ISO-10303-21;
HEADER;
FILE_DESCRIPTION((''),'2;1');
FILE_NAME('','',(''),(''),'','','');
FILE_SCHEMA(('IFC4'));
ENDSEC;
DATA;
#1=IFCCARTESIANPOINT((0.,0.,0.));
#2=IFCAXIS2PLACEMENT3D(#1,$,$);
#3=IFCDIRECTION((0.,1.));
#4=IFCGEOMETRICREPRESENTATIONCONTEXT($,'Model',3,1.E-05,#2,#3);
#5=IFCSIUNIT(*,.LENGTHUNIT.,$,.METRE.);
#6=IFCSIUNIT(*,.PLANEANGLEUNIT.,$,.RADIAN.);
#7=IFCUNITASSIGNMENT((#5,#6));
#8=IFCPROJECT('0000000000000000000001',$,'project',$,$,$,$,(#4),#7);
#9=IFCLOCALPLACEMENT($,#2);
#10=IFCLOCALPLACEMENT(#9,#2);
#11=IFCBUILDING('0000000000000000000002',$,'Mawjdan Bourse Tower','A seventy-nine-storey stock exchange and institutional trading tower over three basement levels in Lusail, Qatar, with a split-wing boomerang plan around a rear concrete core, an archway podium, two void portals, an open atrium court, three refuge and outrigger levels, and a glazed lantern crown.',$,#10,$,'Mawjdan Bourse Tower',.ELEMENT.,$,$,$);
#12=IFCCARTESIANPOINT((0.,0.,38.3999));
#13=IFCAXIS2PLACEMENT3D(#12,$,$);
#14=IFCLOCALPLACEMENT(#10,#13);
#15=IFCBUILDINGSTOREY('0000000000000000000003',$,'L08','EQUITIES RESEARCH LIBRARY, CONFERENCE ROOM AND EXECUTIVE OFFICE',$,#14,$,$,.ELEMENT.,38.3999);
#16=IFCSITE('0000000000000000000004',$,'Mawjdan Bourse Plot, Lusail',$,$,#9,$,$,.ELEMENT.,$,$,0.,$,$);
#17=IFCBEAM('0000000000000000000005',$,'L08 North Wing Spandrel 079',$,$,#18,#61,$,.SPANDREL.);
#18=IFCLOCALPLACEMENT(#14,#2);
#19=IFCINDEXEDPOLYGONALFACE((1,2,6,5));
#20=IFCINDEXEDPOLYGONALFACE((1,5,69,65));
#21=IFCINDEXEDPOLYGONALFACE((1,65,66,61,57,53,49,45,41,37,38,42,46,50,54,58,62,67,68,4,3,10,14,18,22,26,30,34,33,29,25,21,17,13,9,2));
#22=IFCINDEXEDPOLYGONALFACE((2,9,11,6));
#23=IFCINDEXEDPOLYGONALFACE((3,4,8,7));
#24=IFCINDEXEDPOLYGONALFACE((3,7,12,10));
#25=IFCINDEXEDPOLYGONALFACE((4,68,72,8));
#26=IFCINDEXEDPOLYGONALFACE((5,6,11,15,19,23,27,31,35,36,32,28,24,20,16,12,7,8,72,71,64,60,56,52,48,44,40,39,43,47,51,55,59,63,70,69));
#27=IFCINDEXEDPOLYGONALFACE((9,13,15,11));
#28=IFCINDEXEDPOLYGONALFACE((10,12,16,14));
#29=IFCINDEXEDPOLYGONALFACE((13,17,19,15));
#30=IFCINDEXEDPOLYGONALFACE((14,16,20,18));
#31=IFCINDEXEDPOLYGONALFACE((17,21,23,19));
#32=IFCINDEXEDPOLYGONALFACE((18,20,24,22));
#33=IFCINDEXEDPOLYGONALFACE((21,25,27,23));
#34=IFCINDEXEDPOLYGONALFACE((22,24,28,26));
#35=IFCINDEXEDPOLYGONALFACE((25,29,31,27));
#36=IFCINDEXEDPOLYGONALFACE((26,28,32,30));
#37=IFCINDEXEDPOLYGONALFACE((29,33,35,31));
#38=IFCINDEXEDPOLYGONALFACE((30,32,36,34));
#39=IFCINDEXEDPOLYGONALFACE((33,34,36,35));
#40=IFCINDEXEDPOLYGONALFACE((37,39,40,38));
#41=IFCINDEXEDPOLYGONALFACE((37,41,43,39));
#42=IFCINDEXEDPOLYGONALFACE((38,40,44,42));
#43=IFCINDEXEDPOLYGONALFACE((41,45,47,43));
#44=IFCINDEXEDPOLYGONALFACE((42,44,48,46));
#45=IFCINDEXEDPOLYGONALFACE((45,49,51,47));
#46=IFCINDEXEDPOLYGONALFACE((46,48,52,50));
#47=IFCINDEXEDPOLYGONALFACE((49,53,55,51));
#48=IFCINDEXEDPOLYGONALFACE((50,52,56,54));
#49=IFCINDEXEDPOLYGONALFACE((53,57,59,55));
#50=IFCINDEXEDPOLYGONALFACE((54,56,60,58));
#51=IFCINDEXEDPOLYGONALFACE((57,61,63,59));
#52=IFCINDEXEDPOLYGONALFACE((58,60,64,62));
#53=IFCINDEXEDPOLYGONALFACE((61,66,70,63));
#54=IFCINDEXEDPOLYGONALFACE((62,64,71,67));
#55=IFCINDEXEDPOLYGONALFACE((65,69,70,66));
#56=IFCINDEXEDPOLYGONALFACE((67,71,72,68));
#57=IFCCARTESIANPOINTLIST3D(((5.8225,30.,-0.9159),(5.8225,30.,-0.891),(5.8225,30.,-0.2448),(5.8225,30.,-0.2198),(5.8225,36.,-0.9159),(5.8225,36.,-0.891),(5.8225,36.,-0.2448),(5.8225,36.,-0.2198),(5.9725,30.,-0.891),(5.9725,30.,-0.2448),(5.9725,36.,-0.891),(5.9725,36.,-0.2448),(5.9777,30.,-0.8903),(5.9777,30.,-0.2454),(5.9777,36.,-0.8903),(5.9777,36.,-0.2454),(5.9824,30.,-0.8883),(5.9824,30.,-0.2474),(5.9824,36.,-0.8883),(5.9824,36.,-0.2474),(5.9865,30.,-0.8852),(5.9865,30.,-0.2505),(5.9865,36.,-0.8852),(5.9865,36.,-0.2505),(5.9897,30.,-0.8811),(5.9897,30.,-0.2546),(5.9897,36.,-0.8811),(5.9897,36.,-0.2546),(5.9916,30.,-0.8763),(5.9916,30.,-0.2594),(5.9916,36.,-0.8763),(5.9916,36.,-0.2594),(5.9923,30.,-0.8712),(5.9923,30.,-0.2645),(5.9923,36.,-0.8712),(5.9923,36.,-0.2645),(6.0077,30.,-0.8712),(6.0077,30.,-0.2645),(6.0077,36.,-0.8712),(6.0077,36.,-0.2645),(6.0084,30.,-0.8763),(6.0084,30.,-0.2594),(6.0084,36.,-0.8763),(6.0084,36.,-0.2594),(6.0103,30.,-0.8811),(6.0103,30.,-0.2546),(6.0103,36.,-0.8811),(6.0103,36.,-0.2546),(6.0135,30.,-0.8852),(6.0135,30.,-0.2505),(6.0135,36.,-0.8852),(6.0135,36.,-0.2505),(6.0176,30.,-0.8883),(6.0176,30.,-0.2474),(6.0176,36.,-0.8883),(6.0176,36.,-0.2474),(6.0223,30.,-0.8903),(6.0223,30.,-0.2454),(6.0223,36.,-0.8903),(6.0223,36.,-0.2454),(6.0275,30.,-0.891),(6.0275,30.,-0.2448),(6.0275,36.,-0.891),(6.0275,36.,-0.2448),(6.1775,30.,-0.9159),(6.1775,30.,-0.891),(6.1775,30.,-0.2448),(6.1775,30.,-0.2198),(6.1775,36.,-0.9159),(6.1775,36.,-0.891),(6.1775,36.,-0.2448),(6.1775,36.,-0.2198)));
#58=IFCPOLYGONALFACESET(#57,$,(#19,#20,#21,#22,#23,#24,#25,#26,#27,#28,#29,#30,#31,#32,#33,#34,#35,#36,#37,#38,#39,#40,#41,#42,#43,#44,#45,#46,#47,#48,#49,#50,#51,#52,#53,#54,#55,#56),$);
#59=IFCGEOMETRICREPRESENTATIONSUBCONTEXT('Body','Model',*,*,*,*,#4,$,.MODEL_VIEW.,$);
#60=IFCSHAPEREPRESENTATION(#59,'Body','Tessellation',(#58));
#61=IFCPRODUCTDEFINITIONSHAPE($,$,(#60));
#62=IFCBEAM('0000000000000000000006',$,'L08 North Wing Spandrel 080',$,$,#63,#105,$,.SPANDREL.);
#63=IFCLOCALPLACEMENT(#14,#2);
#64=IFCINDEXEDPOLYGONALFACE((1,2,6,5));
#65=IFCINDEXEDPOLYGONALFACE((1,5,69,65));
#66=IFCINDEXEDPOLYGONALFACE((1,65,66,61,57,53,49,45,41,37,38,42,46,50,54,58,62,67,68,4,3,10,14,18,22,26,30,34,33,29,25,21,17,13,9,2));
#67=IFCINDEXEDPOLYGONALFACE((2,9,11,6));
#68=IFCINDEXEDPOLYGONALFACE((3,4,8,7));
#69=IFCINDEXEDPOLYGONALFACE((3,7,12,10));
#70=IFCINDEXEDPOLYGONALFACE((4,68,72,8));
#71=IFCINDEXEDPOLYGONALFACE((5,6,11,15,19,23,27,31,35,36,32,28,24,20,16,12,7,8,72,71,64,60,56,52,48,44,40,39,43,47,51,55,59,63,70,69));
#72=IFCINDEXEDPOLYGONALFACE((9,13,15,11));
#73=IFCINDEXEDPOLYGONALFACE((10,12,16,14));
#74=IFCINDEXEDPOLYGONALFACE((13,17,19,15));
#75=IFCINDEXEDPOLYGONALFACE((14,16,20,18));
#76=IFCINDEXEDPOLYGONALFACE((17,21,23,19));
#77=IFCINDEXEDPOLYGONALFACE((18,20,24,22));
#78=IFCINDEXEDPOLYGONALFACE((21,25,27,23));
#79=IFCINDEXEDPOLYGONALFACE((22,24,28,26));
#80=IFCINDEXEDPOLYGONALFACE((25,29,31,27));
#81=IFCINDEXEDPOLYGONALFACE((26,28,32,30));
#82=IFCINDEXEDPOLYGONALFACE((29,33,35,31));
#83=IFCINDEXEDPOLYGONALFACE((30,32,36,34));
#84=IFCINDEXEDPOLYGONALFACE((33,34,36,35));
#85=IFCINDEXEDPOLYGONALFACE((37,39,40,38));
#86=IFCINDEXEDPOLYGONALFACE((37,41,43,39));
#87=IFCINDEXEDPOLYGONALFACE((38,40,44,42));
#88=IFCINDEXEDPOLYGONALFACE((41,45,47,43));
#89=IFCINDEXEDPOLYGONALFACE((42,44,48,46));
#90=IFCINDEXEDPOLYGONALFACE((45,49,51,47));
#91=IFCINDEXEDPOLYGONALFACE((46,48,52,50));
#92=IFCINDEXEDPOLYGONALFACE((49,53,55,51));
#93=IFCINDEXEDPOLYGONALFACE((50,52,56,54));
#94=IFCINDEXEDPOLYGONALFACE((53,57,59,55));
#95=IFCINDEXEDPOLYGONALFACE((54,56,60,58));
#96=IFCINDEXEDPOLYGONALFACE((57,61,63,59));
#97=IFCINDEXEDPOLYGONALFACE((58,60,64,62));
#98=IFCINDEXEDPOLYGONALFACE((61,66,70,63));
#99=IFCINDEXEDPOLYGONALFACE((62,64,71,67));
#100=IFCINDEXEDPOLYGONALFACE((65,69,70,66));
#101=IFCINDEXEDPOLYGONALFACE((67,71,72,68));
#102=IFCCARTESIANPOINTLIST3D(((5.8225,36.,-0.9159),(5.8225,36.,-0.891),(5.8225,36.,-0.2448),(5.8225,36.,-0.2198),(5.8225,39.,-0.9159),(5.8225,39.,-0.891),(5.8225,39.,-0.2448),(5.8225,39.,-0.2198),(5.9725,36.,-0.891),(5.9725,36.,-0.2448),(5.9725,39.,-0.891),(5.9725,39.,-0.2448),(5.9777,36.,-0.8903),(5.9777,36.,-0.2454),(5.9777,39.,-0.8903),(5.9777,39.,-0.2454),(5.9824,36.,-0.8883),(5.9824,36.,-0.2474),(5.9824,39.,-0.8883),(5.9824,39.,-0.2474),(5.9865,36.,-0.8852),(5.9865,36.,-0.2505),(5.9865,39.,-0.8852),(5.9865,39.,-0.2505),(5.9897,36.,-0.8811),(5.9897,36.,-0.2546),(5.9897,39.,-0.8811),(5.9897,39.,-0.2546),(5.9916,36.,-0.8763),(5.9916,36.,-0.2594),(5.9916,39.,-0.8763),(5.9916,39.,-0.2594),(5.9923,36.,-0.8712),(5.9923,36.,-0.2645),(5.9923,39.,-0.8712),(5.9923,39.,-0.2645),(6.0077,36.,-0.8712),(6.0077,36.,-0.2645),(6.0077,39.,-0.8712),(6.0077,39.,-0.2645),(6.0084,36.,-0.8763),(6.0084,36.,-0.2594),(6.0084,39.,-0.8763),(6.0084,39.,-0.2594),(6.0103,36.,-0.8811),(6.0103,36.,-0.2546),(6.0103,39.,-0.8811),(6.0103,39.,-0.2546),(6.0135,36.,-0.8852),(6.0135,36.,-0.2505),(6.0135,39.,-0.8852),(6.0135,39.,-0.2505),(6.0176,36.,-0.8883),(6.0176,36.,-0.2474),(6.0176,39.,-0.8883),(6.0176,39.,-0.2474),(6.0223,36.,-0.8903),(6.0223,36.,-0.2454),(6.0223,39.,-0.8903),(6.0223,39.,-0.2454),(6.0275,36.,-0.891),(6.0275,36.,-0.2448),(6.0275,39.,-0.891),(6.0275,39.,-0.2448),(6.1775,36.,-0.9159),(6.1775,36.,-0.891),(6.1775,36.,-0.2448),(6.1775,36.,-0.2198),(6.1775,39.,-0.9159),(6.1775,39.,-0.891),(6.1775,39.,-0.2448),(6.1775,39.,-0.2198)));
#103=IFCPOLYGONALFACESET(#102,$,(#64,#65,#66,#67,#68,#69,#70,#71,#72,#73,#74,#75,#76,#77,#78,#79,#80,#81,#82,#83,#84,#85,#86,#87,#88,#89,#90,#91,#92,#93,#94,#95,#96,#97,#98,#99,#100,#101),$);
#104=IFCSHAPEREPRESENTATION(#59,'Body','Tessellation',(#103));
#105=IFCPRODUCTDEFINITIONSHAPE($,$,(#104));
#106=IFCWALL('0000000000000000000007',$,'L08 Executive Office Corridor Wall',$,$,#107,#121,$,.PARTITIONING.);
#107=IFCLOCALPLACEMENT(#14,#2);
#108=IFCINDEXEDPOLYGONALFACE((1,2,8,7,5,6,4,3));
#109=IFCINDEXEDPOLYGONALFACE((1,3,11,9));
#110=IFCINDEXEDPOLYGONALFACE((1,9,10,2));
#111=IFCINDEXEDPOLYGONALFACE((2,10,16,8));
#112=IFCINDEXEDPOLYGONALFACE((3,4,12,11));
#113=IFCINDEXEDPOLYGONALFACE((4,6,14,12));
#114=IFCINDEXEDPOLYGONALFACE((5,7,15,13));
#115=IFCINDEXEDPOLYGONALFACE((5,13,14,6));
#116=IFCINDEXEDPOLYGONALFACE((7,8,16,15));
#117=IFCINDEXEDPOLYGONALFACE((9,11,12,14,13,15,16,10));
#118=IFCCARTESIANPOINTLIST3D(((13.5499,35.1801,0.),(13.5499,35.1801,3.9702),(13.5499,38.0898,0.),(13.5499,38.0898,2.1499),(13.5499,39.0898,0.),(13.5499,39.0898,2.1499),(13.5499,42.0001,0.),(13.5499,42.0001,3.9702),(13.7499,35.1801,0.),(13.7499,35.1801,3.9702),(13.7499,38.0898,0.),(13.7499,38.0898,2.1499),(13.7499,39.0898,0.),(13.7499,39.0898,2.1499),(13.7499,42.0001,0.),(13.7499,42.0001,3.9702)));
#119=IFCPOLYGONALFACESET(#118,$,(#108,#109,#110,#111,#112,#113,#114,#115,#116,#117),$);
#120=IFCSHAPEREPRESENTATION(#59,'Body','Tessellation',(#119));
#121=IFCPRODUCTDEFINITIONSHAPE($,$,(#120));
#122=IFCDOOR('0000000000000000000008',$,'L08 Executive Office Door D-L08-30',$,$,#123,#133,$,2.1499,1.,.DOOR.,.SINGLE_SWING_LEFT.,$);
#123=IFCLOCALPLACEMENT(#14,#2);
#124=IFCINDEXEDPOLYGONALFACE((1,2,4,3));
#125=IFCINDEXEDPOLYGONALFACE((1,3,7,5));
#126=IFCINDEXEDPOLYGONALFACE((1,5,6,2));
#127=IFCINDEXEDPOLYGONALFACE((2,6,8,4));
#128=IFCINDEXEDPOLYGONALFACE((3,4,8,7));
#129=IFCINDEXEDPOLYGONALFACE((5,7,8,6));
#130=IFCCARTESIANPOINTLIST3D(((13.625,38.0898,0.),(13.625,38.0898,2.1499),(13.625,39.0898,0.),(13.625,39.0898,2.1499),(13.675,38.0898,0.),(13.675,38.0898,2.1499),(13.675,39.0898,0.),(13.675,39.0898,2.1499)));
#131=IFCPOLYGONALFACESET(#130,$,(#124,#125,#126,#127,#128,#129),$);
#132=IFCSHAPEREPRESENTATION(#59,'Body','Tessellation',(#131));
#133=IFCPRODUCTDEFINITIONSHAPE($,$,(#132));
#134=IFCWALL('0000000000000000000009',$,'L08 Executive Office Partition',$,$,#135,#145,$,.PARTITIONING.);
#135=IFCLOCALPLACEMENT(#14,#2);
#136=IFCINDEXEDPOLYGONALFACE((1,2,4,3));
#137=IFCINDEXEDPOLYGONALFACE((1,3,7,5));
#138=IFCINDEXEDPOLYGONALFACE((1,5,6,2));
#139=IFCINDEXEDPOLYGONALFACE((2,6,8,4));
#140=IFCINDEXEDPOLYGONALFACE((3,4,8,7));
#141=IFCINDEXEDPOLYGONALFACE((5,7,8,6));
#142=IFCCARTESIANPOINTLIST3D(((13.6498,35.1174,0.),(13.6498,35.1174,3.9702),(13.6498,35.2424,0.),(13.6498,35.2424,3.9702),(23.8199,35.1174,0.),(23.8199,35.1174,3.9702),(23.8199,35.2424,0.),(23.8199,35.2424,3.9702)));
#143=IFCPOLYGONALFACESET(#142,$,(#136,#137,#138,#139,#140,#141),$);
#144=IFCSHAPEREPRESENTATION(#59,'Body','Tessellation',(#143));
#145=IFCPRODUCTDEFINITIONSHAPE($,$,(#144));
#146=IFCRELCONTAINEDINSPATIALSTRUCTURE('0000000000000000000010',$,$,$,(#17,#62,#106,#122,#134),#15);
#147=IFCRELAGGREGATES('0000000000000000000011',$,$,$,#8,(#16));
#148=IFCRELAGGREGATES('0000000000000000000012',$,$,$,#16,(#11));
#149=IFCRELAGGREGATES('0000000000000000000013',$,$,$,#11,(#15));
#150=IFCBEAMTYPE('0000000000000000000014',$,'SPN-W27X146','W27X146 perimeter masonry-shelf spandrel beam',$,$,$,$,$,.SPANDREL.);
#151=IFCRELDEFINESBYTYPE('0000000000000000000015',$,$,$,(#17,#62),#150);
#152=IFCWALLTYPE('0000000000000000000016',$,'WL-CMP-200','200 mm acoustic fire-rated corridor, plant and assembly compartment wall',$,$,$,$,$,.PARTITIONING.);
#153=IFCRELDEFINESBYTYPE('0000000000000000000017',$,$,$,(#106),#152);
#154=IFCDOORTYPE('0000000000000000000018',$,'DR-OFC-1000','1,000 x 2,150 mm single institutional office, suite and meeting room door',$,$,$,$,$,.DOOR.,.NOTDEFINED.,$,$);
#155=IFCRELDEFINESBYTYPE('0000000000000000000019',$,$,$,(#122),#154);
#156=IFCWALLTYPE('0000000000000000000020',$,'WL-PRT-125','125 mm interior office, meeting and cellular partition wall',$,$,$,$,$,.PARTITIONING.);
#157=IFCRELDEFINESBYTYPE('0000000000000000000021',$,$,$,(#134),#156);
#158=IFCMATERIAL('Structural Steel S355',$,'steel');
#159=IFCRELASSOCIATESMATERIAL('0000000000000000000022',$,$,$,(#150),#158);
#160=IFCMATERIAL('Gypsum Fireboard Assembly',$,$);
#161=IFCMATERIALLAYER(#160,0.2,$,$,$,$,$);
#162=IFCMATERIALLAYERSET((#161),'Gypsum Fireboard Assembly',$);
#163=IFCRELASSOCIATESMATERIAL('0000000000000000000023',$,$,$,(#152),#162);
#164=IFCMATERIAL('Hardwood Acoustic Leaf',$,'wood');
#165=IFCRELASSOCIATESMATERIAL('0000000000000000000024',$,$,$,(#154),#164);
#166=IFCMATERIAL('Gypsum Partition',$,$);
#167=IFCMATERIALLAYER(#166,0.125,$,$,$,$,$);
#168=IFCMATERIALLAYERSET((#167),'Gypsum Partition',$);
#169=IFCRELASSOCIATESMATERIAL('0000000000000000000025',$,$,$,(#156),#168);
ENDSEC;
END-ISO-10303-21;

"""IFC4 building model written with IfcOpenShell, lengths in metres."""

from ifc_helpers import new_model, si_unit, direction, frame, frame_2d, origin, origin_2d, place, context, subcontext, project, spatial, rectangle, i_section, extrude, material, layer, layer_set, material_profile, profile_set, type_object, element, fill, save


model = new_model("IFC4")

# Units and contexts
model_context = context("Model", 3, precision=1e-05, world=origin(), true_north=direction((0.0, 1.0)))
body_context = subcontext(model_context, "Body", "Model", "MODEL_VIEW")
ifc_project = project(units=[si_unit("LENGTHUNIT", "METRE"), si_unit("PLANEANGLEUNIT", "RADIAN")], contexts=[model_context])

# Site, building, storey
site_placement = place(None, origin())
site = spatial("IfcSite", under=ifc_project, at=site_placement, Name="Mawjdan Bourse Plot, Lusail", CompositionType="ELEMENT", RefElevation=0.0)
building_placement = place(site_placement, origin())
building = spatial("IfcBuilding", under=site, at=building_placement, Name="Mawjdan Bourse Tower", Description="A seventy-nine-storey stock exchange and institutional trading tower over three basement levels in Lusail, Qatar, with a split-wing boomerang plan around a rear concrete core, an archway podium, two void portals, an open atrium court, three refuge and outrigger levels, and a glazed lantern crown.", LongName="Mawjdan Bourse Tower", CompositionType="ELEMENT")
storey_placement = place(building_placement, frame((0.0, 0.0, 38.3999)))
storey = spatial("IfcBuildingStorey", under=building, at=storey_placement, Name="L08", Description="EQUITIES RESEARCH LIBRARY, CONFERENCE ROOM AND EXECUTIVE OFFICE", CompositionType="ELEMENT", Elevation=38.3999)

# Beams
ifc_material_1 = material(Name="Structural Steel S355", Category="steel")
ifc_material_profile_1 = material_profile(ifc_material_1, i_section(OverallWidth=0.355, OverallDepth=0.696, WebThickness=0.0154, FlangeThickness=0.0249, FilletRadius=0.0198, at=origin_2d()), Name="W27X146")
ifc_profile_set_1 = profile_set([ifc_material_profile_1], Name="Structural Steel S355")
beam_type_1 = type_object("IfcBeamType", Name="SPN-W27X146", Description="W27X146 perimeter masonry-shelf spandrel beam", PredefinedType="SPANDREL", material=ifc_profile_set_1)
beam_1_placement = place(storey_placement, frame((6.0, 30.0, -0.5679), z_axis=(0.0, 1.0, 0.0), x_axis=(-1.0, 0.0, 0.0)))
element("IfcBeam", 1, at=beam_1_placement, inside=storey, type_object=beam_type_1, Name="L08 North Wing Spandrel 079", PredefinedType="SPANDREL", context=body_context, shape_type="SweptSolid", body=[
    extrude(i_section(OverallWidth=0.355, OverallDepth=0.696, WebThickness=0.0154, FlangeThickness=0.0249, FilletRadius=0.0198, at=origin_2d()), origin(), (0.0, 0.0, 1.0), 6.0),
])
beam_2_placement = place(storey_placement, frame((6.0, 36.0, -0.5679), z_axis=(0.0, 1.0, 0.0), x_axis=(-1.0, 0.0, 0.0)))
element("IfcBeam", 2, at=beam_2_placement, inside=storey, type_object=beam_type_1, Name="L08 North Wing Spandrel 080", PredefinedType="SPANDREL", context=body_context, shape_type="SweptSolid", body=[
    extrude(i_section(OverallWidth=0.355, OverallDepth=0.696, WebThickness=0.0154, FlangeThickness=0.0249, FilletRadius=0.0198, at=origin_2d()), origin(), (0.0, 0.0, 1.0), 3.0),
])

# Wall, opening, door
ifc_material_2 = material(Name="Gypsum Fireboard Assembly")
ifc_layer_1 = layer(ifc_material_2, 0.2)
ifc_layer_set_1 = layer_set([ifc_layer_1], Name="Gypsum Fireboard Assembly")
wall_type_1 = type_object("IfcWallType", Name="WL-CMP-200", Description="200 mm acoustic fire-rated corridor, plant and assembly compartment wall", PredefinedType="PARTITIONING", material=ifc_layer_set_1)
wall_1_placement = place(storey_placement, frame((13.6499, 35.1799, 0.0), z_axis=(0.0, 0.0, 1.0), x_axis=(0.0, 1.0, 0.0)))
wall_1 = element("IfcWall", 3, at=wall_1_placement, inside=storey, type_object=wall_type_1, Name="L08 Executive Office Corridor Wall", PredefinedType="PARTITIONING", context=body_context, shape_type="SweptSolid", body=[
    extrude(rectangle(XDim=6.8201, YDim=0.2, at=frame_2d((3.4102, 0.0))), origin(), (0.0, 0.0, 1.0), 3.9702),
])
opening_placement = place(wall_1_placement, frame((2.9099, 0.0, 0.0)))
opening = element("IfcOpeningElement", 4, at=opening_placement, cuts=wall_1, PredefinedType="OPENING", context=body_context, shape_type="SweptSolid", body=[
    extrude(rectangle(XDim=1.0, YDim=2.1499, at=frame_2d((0.5, 1.075))), frame((0.0, 0.1099, 0.0), z_axis=(0.0, -1.0, 0.0), x_axis=(1.0, 0.0, 0.0)), (0.0, 0.0, 1.0), 0.22),
])
ifc_material_3 = material(Name="Hardwood Acoustic Leaf", Category="wood")
door_type = type_object("IfcDoorType", Name="DR-OFC-1000", Description="1,000 x 2,150 mm single institutional office, suite and meeting room door", OperationType="NOTDEFINED", PredefinedType="DOOR", material=ifc_material_3)
door_placement = place(opening_placement, origin())
door = element("IfcDoor", 5, at=door_placement, inside=storey, type_object=door_type, Name="L08 Executive Office Door D-L08-30", OperationType="SINGLE_SWING_LEFT", OverallHeight=2.1499, OverallWidth=1.0, PredefinedType="DOOR", context=body_context, shape_type="SweptSolid", body=[
    extrude(rectangle(XDim=1.0, YDim=2.1499, at=frame_2d((0.5, 1.075))), frame((0.0, 0.0249, 0.0), z_axis=(0.0, -1.0, 0.0), x_axis=(1.0, 0.0, 0.0)), (0.0, 0.0, 1.0), 0.05),
])
fill(opening, door)

# Wall
ifc_material_4 = material(Name="Gypsum Partition")
ifc_layer_2 = layer(ifc_material_4, 0.125)
ifc_layer_set_2 = layer_set([ifc_layer_2], Name="Gypsum Partition")
wall_type_2 = type_object("IfcWallType", Name="WL-PRT-125", Description="125 mm interior office, meeting and cellular partition wall", PredefinedType="PARTITIONING", material=ifc_layer_set_2)
wall_2_placement = place(storey_placement, frame((13.6499, 35.1799, 0.0), z_axis=(0.0, 0.0, 1.0), x_axis=(1.0, 0.0, 0.0)))
element("IfcWall", 6, at=wall_2_placement, inside=storey, type_object=wall_type_2, Name="L08 Executive Office Partition", PredefinedType="PARTITIONING", context=body_context, shape_type="SweptSolid", body=[
    extrude(rectangle(XDim=10.1702, YDim=0.125, at=frame_2d((5.085, 0.0))), origin(), (0.0, 0.0, 1.0), 3.9702),
])

save(model, "model.ifc")
